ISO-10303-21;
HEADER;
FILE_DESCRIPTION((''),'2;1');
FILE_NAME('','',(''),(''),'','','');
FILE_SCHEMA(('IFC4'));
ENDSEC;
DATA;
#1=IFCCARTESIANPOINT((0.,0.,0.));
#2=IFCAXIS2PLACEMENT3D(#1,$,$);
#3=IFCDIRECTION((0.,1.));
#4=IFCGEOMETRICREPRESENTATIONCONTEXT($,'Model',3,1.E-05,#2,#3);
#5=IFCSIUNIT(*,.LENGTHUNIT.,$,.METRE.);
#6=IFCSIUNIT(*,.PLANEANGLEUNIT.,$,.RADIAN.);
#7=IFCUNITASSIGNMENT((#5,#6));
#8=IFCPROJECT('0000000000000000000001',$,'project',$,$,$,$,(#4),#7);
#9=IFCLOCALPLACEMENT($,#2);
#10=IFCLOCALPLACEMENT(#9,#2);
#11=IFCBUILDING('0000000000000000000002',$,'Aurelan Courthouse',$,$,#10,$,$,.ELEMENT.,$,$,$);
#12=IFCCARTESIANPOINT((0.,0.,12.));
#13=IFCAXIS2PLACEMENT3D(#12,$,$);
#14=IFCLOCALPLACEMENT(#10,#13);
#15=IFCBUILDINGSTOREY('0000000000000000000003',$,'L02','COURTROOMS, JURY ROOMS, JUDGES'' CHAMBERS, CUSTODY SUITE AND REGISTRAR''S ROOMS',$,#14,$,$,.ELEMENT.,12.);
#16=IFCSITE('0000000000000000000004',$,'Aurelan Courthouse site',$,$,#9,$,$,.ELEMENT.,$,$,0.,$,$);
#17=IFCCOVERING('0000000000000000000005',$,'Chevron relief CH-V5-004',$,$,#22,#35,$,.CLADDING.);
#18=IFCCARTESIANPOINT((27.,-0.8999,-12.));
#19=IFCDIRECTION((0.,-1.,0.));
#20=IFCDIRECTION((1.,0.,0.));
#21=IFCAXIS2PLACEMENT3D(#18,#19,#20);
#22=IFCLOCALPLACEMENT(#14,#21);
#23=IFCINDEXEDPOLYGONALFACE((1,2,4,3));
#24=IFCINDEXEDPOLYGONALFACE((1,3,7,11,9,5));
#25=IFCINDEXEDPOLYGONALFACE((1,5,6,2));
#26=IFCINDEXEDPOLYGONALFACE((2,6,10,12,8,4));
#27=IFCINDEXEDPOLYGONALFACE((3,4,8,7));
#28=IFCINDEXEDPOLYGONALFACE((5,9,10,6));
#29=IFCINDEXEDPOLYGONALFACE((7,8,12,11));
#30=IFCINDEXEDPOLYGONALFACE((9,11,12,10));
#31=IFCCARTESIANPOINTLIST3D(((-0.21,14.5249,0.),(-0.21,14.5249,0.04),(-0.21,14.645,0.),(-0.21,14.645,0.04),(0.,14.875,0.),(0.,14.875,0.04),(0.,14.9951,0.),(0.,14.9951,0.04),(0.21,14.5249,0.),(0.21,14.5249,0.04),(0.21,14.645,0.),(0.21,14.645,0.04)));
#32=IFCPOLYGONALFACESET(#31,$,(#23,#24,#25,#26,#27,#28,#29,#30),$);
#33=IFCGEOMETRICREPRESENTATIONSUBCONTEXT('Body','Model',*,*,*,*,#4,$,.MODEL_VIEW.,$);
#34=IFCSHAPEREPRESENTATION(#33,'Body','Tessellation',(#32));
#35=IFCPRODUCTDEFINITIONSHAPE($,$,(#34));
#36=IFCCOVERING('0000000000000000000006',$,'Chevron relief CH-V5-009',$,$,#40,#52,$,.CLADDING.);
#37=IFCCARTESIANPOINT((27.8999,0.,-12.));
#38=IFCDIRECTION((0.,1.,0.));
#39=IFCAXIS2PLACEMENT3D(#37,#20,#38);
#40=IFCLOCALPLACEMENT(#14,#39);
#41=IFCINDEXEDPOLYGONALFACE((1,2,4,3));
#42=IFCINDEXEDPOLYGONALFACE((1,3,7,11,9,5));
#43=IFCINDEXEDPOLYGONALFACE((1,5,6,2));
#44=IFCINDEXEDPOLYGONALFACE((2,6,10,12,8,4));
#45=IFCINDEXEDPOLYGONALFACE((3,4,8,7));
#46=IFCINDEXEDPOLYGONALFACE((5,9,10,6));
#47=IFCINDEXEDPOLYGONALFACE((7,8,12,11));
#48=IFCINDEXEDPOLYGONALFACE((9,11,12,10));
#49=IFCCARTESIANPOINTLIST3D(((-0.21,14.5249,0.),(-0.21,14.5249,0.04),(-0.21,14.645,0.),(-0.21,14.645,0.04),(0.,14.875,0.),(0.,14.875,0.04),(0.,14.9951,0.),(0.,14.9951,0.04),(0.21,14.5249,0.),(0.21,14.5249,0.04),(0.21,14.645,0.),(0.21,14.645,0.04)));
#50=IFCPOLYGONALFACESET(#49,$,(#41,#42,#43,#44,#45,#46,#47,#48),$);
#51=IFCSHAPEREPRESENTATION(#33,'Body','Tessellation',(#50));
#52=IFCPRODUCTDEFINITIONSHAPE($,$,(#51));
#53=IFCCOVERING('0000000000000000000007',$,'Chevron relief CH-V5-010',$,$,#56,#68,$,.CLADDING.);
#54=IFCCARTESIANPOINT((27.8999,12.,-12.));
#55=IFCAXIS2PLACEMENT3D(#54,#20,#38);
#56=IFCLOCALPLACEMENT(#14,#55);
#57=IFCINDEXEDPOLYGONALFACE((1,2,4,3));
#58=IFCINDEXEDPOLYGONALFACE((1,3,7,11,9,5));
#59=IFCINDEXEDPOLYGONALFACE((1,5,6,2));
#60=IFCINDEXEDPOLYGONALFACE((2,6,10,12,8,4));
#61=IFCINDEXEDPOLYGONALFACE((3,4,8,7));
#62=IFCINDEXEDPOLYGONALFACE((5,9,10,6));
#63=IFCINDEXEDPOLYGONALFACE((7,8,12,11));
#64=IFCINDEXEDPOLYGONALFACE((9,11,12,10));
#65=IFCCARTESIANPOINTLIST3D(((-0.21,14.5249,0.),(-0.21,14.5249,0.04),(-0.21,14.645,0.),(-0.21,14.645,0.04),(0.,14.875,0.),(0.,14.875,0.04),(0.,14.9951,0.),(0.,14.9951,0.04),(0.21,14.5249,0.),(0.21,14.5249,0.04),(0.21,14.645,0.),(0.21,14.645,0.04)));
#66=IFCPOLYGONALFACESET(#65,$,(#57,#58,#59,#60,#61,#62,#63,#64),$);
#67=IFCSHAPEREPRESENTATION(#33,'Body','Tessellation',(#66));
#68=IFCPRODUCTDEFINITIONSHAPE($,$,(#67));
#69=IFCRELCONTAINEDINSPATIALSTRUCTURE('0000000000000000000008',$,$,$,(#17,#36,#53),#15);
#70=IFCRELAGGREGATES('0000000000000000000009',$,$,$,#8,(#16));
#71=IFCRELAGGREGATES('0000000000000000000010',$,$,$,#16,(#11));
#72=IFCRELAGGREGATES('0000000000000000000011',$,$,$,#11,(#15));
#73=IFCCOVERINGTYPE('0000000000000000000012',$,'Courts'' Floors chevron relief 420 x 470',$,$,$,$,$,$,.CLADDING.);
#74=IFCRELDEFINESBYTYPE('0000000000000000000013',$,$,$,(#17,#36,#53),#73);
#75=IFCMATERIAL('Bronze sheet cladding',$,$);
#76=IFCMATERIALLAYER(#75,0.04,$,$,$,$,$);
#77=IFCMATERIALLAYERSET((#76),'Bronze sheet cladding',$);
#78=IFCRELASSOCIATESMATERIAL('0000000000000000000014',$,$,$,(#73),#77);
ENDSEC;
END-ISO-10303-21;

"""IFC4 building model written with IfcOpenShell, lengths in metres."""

from ifc_helpers import new_model, si_unit, direction, frame, origin, place, context, subcontext, project, spatial, polyline, outline, extrude, material, layer, layer_set, type_object, element, save


model = new_model("IFC4")

# Units and contexts
model_context = context("Model", 3, precision=1e-05, world=origin(), true_north=direction((0.0, 1.0)))
body_context = subcontext(model_context, "Body", "Model", "MODEL_VIEW")
ifc_project = project(units=[si_unit("LENGTHUNIT", "METRE"), si_unit("PLANEANGLEUNIT", "RADIAN")], contexts=[model_context])

# Site, building, storey
site_placement = place(None, origin())
site = spatial("IfcSite", under=ifc_project, at=site_placement, Name="Aurelan Courthouse site", CompositionType="ELEMENT", RefElevation=0.0)
building_placement = place(site_placement, origin())
building = spatial("IfcBuilding", under=site, at=building_placement, Name="Aurelan Courthouse", CompositionType="ELEMENT")
storey_placement = place(building_placement, frame((0.0, 0.0, 12.0)))
storey = spatial("IfcBuildingStorey", under=building, at=storey_placement, Name="L02", Description="COURTROOMS, JURY ROOMS, JUDGES' CHAMBERS, CUSTODY SUITE AND REGISTRAR'S ROOMS", CompositionType="ELEMENT", Elevation=12.0)

# Coverings
ifc_material_1 = material(Name="Bronze sheet cladding")
ifc_layer_1 = layer(ifc_material_1, 0.04)
ifc_layer_set_1 = layer_set([ifc_layer_1], Name="Bronze sheet cladding")
covering_type_1 = type_object("IfcCoveringType", Name="Courts' Floors chevron relief 420 x 470", PredefinedType="CLADDING", material=ifc_layer_set_1)
for number, where, z_axis, x_axis, name in (
    (1, (27.0, -0.8999, -12.0), (0.0, -1.0, 0.0), (1.0, 0.0, 0.0), "Chevron relief CH-V5-004"),
    (2, (27.8999, 0.0, -12.0), (1.0, 0.0, 0.0), (0.0, 1.0, 0.0), "Chevron relief CH-V5-009"),
    (3, (27.8999, 12.0, -12.0), (1.0, 0.0, 0.0), (0.0, 1.0, 0.0), "Chevron relief CH-V5-010"),
):
    element("IfcCovering", number, at=place(storey_placement, frame(where, z_axis=z_axis, x_axis=x_axis)), inside=storey, type_object=covering_type_1, Name=name, PredefinedType="CLADDING", context=body_context, shape_type="SweptSolid", body=[
        extrude(outline(polyline([(-0.21, 14.5249), (0.0, 14.875), (0.21, 14.5249), (0.21, 14.645), (0.0, 14.9951), (-0.21, 14.645), (-0.21, 14.5249)])), origin(), (0.0, 0.0, 1.0), 0.04),
    ])

save(model, "model.ifc")
